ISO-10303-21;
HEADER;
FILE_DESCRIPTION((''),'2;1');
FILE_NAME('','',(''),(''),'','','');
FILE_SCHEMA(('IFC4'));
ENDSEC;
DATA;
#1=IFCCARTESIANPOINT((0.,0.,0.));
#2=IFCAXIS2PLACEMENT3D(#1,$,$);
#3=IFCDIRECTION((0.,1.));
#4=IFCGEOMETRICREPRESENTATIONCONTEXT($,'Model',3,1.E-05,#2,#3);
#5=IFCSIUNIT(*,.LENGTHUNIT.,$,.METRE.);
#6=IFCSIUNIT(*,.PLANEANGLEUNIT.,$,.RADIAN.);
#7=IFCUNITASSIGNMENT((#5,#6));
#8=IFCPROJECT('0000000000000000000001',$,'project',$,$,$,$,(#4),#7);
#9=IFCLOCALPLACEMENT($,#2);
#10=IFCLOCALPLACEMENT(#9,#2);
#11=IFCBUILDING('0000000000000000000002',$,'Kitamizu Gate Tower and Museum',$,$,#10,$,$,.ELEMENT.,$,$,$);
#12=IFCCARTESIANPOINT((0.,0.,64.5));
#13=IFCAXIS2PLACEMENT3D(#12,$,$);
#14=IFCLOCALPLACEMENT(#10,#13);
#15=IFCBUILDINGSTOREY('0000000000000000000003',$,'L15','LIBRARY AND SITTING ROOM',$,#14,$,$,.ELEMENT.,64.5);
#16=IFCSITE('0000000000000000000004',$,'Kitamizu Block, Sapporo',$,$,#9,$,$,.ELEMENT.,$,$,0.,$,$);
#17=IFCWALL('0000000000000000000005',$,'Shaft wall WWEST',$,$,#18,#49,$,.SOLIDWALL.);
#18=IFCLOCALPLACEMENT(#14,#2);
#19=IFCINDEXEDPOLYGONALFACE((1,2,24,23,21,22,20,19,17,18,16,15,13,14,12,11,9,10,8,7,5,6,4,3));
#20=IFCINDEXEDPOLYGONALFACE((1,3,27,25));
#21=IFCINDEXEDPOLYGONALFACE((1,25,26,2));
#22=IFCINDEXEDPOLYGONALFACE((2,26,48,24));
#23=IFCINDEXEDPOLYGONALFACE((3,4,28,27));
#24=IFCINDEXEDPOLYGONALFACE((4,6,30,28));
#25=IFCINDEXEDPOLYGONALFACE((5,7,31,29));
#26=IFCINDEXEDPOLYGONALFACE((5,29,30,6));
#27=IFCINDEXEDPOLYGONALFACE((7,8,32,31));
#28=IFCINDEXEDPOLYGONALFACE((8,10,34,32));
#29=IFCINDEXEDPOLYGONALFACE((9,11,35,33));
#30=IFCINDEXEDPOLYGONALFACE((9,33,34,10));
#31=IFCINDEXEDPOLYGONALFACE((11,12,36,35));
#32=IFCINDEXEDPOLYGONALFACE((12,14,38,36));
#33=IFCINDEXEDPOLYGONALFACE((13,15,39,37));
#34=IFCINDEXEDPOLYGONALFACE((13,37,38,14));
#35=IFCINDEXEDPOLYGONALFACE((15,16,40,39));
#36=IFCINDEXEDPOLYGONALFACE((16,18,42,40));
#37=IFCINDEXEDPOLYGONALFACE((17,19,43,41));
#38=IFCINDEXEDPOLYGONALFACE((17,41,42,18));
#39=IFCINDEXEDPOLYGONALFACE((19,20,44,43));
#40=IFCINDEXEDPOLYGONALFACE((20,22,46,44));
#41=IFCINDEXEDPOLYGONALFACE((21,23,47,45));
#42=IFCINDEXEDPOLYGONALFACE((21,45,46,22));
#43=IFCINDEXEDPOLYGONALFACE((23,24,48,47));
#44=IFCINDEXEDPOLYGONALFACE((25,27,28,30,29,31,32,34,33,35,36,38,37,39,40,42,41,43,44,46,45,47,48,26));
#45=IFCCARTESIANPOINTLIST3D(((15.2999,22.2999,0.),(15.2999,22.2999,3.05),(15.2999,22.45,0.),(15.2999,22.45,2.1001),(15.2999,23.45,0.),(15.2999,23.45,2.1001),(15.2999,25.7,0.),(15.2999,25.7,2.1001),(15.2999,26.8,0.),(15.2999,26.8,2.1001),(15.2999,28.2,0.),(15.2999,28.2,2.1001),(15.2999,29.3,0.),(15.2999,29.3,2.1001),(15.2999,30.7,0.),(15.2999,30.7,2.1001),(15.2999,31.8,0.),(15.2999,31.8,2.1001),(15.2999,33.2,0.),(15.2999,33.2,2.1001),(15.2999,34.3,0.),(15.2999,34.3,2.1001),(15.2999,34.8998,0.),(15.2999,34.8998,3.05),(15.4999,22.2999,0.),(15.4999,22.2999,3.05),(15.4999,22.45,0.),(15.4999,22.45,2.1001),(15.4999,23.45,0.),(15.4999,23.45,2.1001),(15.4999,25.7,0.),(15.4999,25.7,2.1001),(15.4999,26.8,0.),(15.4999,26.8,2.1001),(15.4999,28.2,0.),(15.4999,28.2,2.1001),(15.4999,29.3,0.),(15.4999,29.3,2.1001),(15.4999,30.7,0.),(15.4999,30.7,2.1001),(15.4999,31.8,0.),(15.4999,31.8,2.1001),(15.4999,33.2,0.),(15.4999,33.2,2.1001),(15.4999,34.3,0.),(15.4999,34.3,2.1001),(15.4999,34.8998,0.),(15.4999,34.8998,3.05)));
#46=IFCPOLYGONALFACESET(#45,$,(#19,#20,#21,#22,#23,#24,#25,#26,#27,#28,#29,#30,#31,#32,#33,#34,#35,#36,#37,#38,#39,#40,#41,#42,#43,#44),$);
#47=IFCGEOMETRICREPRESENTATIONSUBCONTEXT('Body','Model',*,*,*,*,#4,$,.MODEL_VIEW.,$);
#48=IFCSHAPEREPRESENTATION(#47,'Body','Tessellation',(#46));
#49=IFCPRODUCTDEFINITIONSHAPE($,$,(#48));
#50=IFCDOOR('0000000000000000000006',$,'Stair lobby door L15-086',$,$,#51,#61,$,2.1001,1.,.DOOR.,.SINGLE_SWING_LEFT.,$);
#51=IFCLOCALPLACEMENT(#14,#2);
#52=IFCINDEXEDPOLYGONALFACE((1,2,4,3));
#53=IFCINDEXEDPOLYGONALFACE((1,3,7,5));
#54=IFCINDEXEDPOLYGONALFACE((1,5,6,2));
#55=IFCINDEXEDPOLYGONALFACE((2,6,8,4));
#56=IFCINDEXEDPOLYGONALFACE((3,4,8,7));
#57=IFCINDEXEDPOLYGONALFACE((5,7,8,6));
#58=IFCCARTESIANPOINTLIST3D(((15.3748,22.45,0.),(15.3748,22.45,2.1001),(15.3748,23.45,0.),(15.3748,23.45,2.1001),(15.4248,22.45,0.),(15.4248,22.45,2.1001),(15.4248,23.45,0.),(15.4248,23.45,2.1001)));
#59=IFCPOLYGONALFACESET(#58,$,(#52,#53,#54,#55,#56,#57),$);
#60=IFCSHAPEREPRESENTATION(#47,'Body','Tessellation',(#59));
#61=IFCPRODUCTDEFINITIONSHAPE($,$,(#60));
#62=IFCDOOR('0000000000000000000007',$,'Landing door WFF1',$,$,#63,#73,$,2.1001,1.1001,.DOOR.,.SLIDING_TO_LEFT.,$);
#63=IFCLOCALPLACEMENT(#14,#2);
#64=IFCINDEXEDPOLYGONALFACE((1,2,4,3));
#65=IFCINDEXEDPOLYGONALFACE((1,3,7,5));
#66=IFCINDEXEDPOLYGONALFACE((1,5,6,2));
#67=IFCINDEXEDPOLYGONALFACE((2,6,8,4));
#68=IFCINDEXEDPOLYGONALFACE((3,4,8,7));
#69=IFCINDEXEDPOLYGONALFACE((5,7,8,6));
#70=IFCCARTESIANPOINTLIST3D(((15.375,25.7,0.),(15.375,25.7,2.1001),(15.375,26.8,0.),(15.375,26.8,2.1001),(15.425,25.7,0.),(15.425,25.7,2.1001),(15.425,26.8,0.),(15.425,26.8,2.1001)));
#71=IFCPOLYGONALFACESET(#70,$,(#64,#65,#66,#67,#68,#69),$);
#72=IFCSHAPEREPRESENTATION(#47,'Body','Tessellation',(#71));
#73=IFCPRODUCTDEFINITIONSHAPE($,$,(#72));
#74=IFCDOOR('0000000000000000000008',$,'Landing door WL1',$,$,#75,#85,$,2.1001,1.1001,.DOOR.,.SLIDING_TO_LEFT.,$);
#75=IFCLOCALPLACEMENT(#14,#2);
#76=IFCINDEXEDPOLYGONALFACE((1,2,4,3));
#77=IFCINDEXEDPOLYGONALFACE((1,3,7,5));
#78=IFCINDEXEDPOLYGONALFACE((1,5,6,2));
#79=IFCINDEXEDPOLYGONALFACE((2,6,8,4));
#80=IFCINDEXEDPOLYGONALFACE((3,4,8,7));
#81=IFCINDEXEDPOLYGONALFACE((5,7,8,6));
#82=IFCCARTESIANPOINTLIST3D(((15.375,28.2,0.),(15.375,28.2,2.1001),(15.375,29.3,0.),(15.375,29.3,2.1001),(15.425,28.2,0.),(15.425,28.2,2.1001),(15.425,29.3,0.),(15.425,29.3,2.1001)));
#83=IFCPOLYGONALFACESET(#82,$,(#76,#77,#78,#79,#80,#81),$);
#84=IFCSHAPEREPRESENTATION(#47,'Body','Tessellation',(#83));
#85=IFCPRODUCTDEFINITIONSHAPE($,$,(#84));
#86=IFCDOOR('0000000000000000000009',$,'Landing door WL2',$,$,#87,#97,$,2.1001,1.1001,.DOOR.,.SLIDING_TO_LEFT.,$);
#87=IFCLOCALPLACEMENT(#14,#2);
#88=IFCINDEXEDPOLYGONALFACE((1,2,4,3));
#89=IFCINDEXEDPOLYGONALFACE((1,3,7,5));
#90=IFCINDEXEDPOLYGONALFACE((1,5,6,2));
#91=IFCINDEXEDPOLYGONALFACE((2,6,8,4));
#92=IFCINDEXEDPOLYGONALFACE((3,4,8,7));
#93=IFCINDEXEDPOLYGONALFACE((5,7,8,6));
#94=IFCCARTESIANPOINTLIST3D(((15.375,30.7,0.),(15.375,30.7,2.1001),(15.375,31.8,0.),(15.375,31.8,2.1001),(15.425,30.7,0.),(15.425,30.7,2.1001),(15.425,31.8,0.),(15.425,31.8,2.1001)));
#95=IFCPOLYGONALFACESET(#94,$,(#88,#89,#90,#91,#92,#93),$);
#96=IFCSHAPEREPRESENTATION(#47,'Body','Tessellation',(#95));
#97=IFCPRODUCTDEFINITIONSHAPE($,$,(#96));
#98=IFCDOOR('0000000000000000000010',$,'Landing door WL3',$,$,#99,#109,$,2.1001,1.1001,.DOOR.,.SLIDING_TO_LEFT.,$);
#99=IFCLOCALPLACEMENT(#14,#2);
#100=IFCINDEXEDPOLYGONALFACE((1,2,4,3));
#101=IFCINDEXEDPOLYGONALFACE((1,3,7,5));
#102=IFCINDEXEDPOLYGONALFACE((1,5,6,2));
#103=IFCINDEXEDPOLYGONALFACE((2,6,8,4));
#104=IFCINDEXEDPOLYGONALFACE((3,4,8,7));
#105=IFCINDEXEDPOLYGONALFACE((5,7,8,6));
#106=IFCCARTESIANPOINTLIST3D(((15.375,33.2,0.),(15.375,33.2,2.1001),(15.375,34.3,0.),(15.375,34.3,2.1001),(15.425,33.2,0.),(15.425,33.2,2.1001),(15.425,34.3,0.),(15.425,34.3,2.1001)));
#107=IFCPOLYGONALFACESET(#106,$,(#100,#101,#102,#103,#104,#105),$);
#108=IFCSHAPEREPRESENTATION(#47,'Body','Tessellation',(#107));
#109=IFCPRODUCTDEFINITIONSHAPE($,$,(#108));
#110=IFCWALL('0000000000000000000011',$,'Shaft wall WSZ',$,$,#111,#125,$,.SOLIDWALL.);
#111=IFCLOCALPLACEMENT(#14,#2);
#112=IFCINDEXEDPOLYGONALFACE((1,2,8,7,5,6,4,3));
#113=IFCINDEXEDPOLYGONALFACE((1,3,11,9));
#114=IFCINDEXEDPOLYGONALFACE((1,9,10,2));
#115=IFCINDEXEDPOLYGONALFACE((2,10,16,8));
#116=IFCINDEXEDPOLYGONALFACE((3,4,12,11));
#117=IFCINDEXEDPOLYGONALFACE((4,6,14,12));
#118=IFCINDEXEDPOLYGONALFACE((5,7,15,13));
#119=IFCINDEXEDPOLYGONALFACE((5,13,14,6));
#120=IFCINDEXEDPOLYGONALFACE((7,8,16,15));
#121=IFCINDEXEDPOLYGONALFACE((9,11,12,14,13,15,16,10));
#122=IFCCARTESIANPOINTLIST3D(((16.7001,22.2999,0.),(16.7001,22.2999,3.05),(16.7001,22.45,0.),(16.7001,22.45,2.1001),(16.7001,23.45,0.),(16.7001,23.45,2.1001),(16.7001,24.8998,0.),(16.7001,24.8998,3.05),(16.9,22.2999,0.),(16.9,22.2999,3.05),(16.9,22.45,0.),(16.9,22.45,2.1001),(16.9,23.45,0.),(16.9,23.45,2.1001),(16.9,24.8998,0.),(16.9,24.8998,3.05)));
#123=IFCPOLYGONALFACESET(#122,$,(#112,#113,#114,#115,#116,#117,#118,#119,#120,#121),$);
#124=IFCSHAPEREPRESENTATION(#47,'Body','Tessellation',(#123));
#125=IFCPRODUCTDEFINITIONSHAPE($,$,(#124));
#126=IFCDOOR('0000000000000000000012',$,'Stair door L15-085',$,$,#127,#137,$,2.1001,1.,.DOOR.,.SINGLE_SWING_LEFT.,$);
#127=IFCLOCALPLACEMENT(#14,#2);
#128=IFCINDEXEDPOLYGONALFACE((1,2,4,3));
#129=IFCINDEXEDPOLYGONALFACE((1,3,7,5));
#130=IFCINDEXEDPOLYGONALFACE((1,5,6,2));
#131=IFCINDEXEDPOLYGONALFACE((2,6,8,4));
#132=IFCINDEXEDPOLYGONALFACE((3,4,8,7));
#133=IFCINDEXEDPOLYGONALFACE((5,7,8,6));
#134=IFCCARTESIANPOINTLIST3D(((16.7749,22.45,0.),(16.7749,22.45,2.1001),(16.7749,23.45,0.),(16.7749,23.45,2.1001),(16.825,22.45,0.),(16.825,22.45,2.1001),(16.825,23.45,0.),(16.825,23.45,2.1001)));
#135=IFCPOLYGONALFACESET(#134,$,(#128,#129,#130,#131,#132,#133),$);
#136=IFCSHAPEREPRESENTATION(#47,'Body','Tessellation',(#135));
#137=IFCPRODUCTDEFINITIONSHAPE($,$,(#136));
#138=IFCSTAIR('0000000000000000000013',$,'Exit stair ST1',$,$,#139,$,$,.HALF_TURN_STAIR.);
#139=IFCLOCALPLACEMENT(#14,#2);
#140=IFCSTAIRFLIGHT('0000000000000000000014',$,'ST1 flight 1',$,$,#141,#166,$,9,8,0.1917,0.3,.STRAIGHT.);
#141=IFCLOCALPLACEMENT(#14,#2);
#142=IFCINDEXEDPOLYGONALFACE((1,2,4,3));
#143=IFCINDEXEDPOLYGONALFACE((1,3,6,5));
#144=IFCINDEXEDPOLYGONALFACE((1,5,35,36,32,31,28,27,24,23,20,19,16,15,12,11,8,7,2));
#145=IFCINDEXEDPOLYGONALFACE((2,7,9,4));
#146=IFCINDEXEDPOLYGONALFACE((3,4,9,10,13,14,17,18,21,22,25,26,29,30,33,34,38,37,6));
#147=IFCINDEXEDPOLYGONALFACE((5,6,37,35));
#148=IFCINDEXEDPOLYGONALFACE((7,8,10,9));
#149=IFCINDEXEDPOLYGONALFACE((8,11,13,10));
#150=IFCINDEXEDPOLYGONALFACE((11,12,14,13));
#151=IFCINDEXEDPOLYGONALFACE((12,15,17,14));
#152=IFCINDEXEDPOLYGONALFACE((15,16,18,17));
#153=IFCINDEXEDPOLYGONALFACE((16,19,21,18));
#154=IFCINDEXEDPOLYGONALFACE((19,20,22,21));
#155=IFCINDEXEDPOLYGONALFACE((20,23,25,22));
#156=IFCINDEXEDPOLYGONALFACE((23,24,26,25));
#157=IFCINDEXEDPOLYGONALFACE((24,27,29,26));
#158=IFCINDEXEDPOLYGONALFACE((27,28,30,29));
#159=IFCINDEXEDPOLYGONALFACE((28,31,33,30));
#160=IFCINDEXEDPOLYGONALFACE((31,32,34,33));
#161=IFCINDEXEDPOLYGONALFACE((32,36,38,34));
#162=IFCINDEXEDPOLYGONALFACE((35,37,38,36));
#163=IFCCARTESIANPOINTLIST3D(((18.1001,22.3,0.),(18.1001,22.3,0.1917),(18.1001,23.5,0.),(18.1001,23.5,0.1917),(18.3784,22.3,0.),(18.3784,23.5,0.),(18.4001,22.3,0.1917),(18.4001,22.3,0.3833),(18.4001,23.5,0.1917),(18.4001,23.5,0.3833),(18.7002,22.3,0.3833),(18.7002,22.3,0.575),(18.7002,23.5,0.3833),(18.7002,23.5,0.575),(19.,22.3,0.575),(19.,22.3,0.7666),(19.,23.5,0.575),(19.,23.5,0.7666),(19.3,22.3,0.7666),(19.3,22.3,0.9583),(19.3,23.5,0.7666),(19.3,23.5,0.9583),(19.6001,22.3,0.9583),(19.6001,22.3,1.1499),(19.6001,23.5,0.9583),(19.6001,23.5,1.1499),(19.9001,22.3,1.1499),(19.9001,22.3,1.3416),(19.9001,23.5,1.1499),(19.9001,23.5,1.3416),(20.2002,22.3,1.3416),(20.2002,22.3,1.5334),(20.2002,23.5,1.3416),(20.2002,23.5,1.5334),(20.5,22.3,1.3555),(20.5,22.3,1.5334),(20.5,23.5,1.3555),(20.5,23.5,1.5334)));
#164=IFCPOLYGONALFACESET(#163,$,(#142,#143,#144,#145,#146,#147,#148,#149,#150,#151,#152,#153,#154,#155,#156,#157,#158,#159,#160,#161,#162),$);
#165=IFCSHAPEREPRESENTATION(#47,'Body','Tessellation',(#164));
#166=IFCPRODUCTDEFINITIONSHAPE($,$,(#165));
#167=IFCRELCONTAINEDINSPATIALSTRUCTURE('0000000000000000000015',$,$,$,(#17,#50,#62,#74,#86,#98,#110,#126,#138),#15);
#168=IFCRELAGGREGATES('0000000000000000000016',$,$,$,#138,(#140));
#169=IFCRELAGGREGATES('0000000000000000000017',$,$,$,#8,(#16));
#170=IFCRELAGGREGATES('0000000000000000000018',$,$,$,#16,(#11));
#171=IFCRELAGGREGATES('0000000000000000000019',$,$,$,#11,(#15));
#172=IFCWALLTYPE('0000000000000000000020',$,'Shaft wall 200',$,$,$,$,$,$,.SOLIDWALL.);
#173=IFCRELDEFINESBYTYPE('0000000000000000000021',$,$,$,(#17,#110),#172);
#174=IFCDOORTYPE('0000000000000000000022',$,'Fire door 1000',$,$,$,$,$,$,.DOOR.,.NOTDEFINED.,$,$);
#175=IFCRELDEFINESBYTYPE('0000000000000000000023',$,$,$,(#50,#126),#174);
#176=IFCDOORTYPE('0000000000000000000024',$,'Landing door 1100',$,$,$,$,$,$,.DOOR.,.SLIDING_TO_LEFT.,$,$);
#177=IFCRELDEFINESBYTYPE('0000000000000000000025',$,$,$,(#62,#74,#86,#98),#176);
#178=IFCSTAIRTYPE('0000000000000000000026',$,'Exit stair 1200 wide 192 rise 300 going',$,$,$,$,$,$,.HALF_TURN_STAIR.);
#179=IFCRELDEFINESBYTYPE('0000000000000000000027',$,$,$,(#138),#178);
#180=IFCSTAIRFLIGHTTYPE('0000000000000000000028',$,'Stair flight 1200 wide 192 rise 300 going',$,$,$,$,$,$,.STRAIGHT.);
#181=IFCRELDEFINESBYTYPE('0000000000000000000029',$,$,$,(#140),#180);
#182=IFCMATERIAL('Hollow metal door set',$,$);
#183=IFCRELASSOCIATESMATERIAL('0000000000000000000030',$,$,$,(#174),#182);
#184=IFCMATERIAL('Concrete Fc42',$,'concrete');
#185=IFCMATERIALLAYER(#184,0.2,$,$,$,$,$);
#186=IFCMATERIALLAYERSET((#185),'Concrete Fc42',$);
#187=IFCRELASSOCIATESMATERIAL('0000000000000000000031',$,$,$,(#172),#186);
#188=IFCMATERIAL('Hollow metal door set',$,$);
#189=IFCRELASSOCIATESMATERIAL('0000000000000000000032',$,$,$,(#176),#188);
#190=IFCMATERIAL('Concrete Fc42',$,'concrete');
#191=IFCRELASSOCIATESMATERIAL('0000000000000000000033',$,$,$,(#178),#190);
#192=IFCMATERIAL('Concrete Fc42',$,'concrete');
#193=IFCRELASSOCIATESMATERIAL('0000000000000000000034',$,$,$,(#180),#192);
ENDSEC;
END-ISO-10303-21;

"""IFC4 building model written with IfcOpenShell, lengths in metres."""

from ifc_helpers import new_model, si_unit, direction, frame, frame_2d, origin, place, context, subcontext, project, spatial, polyline, rectangle, outline, extrude, material, layer, layer_set, type_object, element, fill, aggregate, save


model = new_model("IFC4")

# Units and contexts
model_context = context("Model", 3, precision=1e-05, world=origin(), true_north=direction((0.0, 1.0)))
body_context = subcontext(model_context, "Body", "Model", "MODEL_VIEW")
ifc_project = project(units=[si_unit("LENGTHUNIT", "METRE"), si_unit("PLANEANGLEUNIT", "RADIAN")], contexts=[model_context])

# Site, building, storey
site_placement = place(None, origin())
site = spatial("IfcSite", under=ifc_project, at=site_placement, Name="Kitamizu Block, Sapporo", CompositionType="ELEMENT", RefElevation=0.0)
building_placement = place(site_placement, origin())
building = spatial("IfcBuilding", under=site, at=building_placement, Name="Kitamizu Gate Tower and Museum", CompositionType="ELEMENT")
storey_placement = place(building_placement, frame((0.0, 0.0, 64.5)))
storey = spatial("IfcBuildingStorey", under=building, at=storey_placement, Name="L15", Description="LIBRARY AND SITTING ROOM", CompositionType="ELEMENT", Elevation=64.5)

# Shared definitions
ifc_material_1 = material(Name="Hollow metal door set")
door_type_1 = type_object("IfcDoorType", Name="Fire door 1000", OperationType="NOTDEFINED", PredefinedType="DOOR", material=ifc_material_1)

# Wall, openings, doors
ifc_material_2 = material(Name="Concrete Fc42", Category="concrete")
ifc_layer_1 = layer(ifc_material_2, 0.2)
ifc_layer_set_1 = layer_set([ifc_layer_1], Name="Concrete Fc42")
wall_type_1 = type_object("IfcWallType", Name="Shaft wall 200", PredefinedType="SOLIDWALL", material=ifc_layer_set_1)
wall_1_placement = place(storey_placement, frame((15.3999, 22.3, 0.0), z_axis=(0.0, 0.0, 1.0), x_axis=(0.0, 1.0, 0.0)))
wall_1 = element("IfcWall", 1, at=wall_1_placement, inside=storey, type_object=wall_type_1, Name="Shaft wall WWEST", PredefinedType="SOLIDWALL", context=body_context, shape_type="SweptSolid", body=[
    extrude(rectangle(XDim=12.5999, YDim=0.2, at=frame_2d((6.2998, 0.0))), origin(), (0.0, 0.0, 1.0), 3.05),
])
opening_1_placement = place(wall_1_placement, frame((3.3999, 0.0, 0.0)))
opening_1 = element("IfcOpeningElement", 2, at=opening_1_placement, cuts=wall_1, PredefinedType="OPENING", context=body_context, shape_type="SweptSolid", body=[
    extrude(rectangle(XDim=1.1001, YDim=2.1001, at=frame_2d((0.55, 1.05))), frame((0.0, 0.1099, 0.0), z_axis=(0.0, -1.0, 0.0), x_axis=(1.0, 0.0, 0.0)), (0.0, 0.0, 1.0), 0.22),
])
opening_2_placement = place(wall_1_placement, frame((5.8999, 0.0, 0.0)))
opening_2 = element("IfcOpeningElement", 3, at=opening_2_placement, cuts=wall_1, PredefinedType="OPENING", context=body_context, shape_type="SweptSolid", body=[
    extrude(rectangle(XDim=1.1001, YDim=2.1001, at=frame_2d((0.55, 1.05))), frame((0.0, 0.1099, 0.0), z_axis=(0.0, -1.0, 0.0), x_axis=(1.0, 0.0, 0.0)), (0.0, 0.0, 1.0), 0.22),
])
opening_3_placement = place(wall_1_placement, frame((8.3999, 0.0, 0.0)))
opening_3 = element("IfcOpeningElement", 4, at=opening_3_placement, cuts=wall_1, PredefinedType="OPENING", context=body_context, shape_type="SweptSolid", body=[
    extrude(rectangle(XDim=1.1001, YDim=2.1001, at=frame_2d((0.55, 1.05))), frame((0.0, 0.1099, 0.0), z_axis=(0.0, -1.0, 0.0), x_axis=(1.0, 0.0, 0.0)), (0.0, 0.0, 1.0), 0.22),
])
opening_4_placement = place(wall_1_placement, frame((10.8999, 0.0, 0.0)))
opening_4 = element("IfcOpeningElement", 5, at=opening_4_placement, cuts=wall_1, PredefinedType="OPENING", context=body_context, shape_type="SweptSolid", body=[
    extrude(rectangle(XDim=1.1001, YDim=2.1001, at=frame_2d((0.55, 1.05))), frame((0.0, 0.1099, 0.0), z_axis=(0.0, -1.0, 0.0), x_axis=(1.0, 0.0, 0.0)), (0.0, 0.0, 1.0), 0.22),
])
opening_5_placement = place(wall_1_placement, frame((0.1499, 0.0, 0.0)))
opening_5 = element("IfcOpeningElement", 6, at=opening_5_placement, cuts=wall_1, PredefinedType="OPENING", context=body_context, shape_type="SweptSolid", body=[
    extrude(rectangle(XDim=1.0, YDim=2.1001, at=frame_2d((0.5, 1.05))), frame((0.0, 0.1099, 0.0), z_axis=(0.0, -1.0, 0.0), x_axis=(1.0, 0.0, 0.0)), (0.0, 0.0, 1.0), 0.22),
])
door_1_placement = place(opening_5_placement, frame((1.0, 0.0, 0.0), x_axis=(-1.0, 0.0, 0.0)))
door_1 = element("IfcDoor", 7, at=door_1_placement, inside=storey, type_object=door_type_1, Name="Stair lobby door L15-086", OperationType="SINGLE_SWING_LEFT", OverallHeight=2.1001, OverallWidth=1.0, PredefinedType="DOOR", context=body_context, shape_type="SweptSolid", body=[
    extrude(rectangle(XDim=1.0, YDim=2.1001, at=frame_2d((0.5, 1.05))), frame((0.0, 0.0249, 0.0), z_axis=(0.0, -1.0, 0.0), x_axis=(1.0, 0.0, 0.0)), (0.0, 0.0, 1.0), 0.05),
])
fill(opening_5, door_1)
ifc_material_3 = material(Name="Hollow metal door set")
door_type_2 = type_object("IfcDoorType", Name="Landing door 1100", OperationType="SLIDING_TO_LEFT", PredefinedType="DOOR", material=ifc_material_3)
door_2_placement = place(opening_1_placement, origin())
door_2 = element("IfcDoor", 8, at=door_2_placement, inside=storey, type_object=door_type_2, Name="Landing door WFF1", OperationType="SLIDING_TO_LEFT", OverallHeight=2.1001, OverallWidth=1.1001, PredefinedType="DOOR", context=body_context, shape_type="SweptSolid", body=[
    extrude(rectangle(XDim=1.1001, YDim=2.1001, at=frame_2d((0.55, 1.05))), frame((0.0, 0.0249, 0.0), z_axis=(0.0, -1.0, 0.0), x_axis=(1.0, 0.0, 0.0)), (0.0, 0.0, 1.0), 0.05),
])
fill(opening_1, door_2)
door_3_placement = place(opening_2_placement, origin())
door_3 = element("IfcDoor", 9, at=door_3_placement, inside=storey, type_object=door_type_2, Name="Landing door WL1", OperationType="SLIDING_TO_LEFT", OverallHeight=2.1001, OverallWidth=1.1001, PredefinedType="DOOR", context=body_context, shape_type="SweptSolid", body=[
    extrude(rectangle(XDim=1.1001, YDim=2.1001, at=frame_2d((0.55, 1.05))), frame((0.0, 0.0249, 0.0), z_axis=(0.0, -1.0, 0.0), x_axis=(1.0, 0.0, 0.0)), (0.0, 0.0, 1.0), 0.05),
])
fill(opening_2, door_3)
door_4_placement = place(opening_3_placement, origin())
door_4 = element("IfcDoor", 10, at=door_4_placement, inside=storey, type_object=door_type_2, Name="Landing door WL2", OperationType="SLIDING_TO_LEFT", OverallHeight=2.1001, OverallWidth=1.1001, PredefinedType="DOOR", context=body_context, shape_type="SweptSolid", body=[
    extrude(rectangle(XDim=1.1001, YDim=2.1001, at=frame_2d((0.55, 1.05))), frame((0.0, 0.0249, 0.0), z_axis=(0.0, -1.0, 0.0), x_axis=(1.0, 0.0, 0.0)), (0.0, 0.0, 1.0), 0.05),
])
fill(opening_3, door_4)
door_5_placement = place(opening_4_placement, origin())
door_5 = element("IfcDoor", 11, at=door_5_placement, inside=storey, type_object=door_type_2, Name="Landing door WL3", OperationType="SLIDING_TO_LEFT", OverallHeight=2.1001, OverallWidth=1.1001, PredefinedType="DOOR", context=body_context, shape_type="SweptSolid", body=[
    extrude(rectangle(XDim=1.1001, YDim=2.1001, at=frame_2d((0.55, 1.05))), frame((0.0, 0.0249, 0.0), z_axis=(0.0, -1.0, 0.0), x_axis=(1.0, 0.0, 0.0)), (0.0, 0.0, 1.0), 0.05),
])
fill(opening_4, door_5)

# Wall, opening, door
wall_2_placement = place(storey_placement, frame((16.8, 22.3, 0.0), z_axis=(0.0, 0.0, 1.0), x_axis=(0.0, 1.0, 0.0)))
wall_2 = element("IfcWall", 12, at=wall_2_placement, inside=storey, type_object=wall_type_1, Name="Shaft wall WSZ", PredefinedType="SOLIDWALL", context=body_context, shape_type="SweptSolid", body=[
    extrude(rectangle(XDim=2.5999, YDim=0.2, at=frame_2d((1.2998, 0.0))), origin(), (0.0, 0.0, 1.0), 3.05),
])
opening_6_placement = place(wall_2_placement, frame((0.1499, 0.0, 0.0)))
opening_6 = element("IfcOpeningElement", 13, at=opening_6_placement, cuts=wall_2, PredefinedType="OPENING", context=body_context, shape_type="SweptSolid", body=[
    extrude(rectangle(XDim=1.0, YDim=2.1001, at=frame_2d((0.5, 1.05))), frame((0.0, 0.1099, 0.0), z_axis=(0.0, -1.0, 0.0), x_axis=(1.0, 0.0, 0.0)), (0.0, 0.0, 1.0), 0.22),
])
door_6_placement = place(opening_6_placement, frame((1.0, 0.0, 0.0), x_axis=(-1.0, 0.0, 0.0)))
door_6 = element("IfcDoor", 14, at=door_6_placement, inside=storey, type_object=door_type_1, Name="Stair door L15-085", OperationType="SINGLE_SWING_LEFT", OverallHeight=2.1001, OverallWidth=1.0, PredefinedType="DOOR", context=body_context, shape_type="SweptSolid", body=[
    extrude(rectangle(XDim=1.0, YDim=2.1001, at=frame_2d((0.5, 1.05))), frame((0.0, 0.0249, 0.0), z_axis=(0.0, -1.0, 0.0), x_axis=(1.0, 0.0, 0.0)), (0.0, 0.0, 1.0), 0.05),
])
fill(opening_6, door_6)

# Stair, stair flight
ifc_material_4 = material(Name="Concrete Fc42", Category="concrete")
stair_type = type_object("IfcStairType", Name="Exit stair 1200 wide 192 rise 300 going", PredefinedType="HALF_TURN_STAIR", material=ifc_material_4)
stair_placement = place(storey_placement, origin())
stair = element("IfcStair", 15, at=stair_placement, inside=storey, type_object=stair_type, Name="Exit stair ST1", PredefinedType="HALF_TURN_STAIR")
ifc_material_5 = material(Name="Concrete Fc42", Category="concrete")
stair_flight_type = type_object("IfcStairFlightType", Name="Stair flight 1200 wide 192 rise 300 going", PredefinedType="STRAIGHT", material=ifc_material_5)
stair_flight_placement = place(storey_placement, frame((18.1001, 22.8999, 0.0), z_axis=(0.0, 0.0, 1.0), x_axis=(1.0, 0.0, 0.0)))
stair_flight = element("IfcStairFlight", 16, at=stair_flight_placement, type_object=stair_flight_type, Name="ST1 flight 1", NumberOfRisers=9, NumberOfTreads=8, PredefinedType="STRAIGHT", RiserHeight=0.1917, TreadLength=0.3, context=body_context, shape_type="SweptSolid", body=[
    extrude(outline(polyline([(0.0, 0.0), (0.0, 0.1917), (0.3, 0.1917), (0.3, 0.3833), (0.6001, 0.3833), (0.6001, 0.575), (0.8999, 0.575), (0.8999, 0.7666), (1.2, 0.7666), (1.2, 0.9583), (1.5, 0.9583), (1.5, 1.1499), (1.8, 1.1499), (1.8, 1.3416), (2.1001, 1.3416), (2.1001, 1.5334), (2.3999, 1.5334), (2.3999, 1.7251), (2.3999, 1.3555), (0.2783, 0.0), (0.0, 0.0)])), frame((0.0, 0.6001, 0.0), z_axis=(0.0, -1.0, 0.0), x_axis=(1.0, 0.0, 0.0)), (0.0, 0.0, 1.0), 1.2),
])
aggregate(stair, [stair_flight])

save(model, "model.ifc")
